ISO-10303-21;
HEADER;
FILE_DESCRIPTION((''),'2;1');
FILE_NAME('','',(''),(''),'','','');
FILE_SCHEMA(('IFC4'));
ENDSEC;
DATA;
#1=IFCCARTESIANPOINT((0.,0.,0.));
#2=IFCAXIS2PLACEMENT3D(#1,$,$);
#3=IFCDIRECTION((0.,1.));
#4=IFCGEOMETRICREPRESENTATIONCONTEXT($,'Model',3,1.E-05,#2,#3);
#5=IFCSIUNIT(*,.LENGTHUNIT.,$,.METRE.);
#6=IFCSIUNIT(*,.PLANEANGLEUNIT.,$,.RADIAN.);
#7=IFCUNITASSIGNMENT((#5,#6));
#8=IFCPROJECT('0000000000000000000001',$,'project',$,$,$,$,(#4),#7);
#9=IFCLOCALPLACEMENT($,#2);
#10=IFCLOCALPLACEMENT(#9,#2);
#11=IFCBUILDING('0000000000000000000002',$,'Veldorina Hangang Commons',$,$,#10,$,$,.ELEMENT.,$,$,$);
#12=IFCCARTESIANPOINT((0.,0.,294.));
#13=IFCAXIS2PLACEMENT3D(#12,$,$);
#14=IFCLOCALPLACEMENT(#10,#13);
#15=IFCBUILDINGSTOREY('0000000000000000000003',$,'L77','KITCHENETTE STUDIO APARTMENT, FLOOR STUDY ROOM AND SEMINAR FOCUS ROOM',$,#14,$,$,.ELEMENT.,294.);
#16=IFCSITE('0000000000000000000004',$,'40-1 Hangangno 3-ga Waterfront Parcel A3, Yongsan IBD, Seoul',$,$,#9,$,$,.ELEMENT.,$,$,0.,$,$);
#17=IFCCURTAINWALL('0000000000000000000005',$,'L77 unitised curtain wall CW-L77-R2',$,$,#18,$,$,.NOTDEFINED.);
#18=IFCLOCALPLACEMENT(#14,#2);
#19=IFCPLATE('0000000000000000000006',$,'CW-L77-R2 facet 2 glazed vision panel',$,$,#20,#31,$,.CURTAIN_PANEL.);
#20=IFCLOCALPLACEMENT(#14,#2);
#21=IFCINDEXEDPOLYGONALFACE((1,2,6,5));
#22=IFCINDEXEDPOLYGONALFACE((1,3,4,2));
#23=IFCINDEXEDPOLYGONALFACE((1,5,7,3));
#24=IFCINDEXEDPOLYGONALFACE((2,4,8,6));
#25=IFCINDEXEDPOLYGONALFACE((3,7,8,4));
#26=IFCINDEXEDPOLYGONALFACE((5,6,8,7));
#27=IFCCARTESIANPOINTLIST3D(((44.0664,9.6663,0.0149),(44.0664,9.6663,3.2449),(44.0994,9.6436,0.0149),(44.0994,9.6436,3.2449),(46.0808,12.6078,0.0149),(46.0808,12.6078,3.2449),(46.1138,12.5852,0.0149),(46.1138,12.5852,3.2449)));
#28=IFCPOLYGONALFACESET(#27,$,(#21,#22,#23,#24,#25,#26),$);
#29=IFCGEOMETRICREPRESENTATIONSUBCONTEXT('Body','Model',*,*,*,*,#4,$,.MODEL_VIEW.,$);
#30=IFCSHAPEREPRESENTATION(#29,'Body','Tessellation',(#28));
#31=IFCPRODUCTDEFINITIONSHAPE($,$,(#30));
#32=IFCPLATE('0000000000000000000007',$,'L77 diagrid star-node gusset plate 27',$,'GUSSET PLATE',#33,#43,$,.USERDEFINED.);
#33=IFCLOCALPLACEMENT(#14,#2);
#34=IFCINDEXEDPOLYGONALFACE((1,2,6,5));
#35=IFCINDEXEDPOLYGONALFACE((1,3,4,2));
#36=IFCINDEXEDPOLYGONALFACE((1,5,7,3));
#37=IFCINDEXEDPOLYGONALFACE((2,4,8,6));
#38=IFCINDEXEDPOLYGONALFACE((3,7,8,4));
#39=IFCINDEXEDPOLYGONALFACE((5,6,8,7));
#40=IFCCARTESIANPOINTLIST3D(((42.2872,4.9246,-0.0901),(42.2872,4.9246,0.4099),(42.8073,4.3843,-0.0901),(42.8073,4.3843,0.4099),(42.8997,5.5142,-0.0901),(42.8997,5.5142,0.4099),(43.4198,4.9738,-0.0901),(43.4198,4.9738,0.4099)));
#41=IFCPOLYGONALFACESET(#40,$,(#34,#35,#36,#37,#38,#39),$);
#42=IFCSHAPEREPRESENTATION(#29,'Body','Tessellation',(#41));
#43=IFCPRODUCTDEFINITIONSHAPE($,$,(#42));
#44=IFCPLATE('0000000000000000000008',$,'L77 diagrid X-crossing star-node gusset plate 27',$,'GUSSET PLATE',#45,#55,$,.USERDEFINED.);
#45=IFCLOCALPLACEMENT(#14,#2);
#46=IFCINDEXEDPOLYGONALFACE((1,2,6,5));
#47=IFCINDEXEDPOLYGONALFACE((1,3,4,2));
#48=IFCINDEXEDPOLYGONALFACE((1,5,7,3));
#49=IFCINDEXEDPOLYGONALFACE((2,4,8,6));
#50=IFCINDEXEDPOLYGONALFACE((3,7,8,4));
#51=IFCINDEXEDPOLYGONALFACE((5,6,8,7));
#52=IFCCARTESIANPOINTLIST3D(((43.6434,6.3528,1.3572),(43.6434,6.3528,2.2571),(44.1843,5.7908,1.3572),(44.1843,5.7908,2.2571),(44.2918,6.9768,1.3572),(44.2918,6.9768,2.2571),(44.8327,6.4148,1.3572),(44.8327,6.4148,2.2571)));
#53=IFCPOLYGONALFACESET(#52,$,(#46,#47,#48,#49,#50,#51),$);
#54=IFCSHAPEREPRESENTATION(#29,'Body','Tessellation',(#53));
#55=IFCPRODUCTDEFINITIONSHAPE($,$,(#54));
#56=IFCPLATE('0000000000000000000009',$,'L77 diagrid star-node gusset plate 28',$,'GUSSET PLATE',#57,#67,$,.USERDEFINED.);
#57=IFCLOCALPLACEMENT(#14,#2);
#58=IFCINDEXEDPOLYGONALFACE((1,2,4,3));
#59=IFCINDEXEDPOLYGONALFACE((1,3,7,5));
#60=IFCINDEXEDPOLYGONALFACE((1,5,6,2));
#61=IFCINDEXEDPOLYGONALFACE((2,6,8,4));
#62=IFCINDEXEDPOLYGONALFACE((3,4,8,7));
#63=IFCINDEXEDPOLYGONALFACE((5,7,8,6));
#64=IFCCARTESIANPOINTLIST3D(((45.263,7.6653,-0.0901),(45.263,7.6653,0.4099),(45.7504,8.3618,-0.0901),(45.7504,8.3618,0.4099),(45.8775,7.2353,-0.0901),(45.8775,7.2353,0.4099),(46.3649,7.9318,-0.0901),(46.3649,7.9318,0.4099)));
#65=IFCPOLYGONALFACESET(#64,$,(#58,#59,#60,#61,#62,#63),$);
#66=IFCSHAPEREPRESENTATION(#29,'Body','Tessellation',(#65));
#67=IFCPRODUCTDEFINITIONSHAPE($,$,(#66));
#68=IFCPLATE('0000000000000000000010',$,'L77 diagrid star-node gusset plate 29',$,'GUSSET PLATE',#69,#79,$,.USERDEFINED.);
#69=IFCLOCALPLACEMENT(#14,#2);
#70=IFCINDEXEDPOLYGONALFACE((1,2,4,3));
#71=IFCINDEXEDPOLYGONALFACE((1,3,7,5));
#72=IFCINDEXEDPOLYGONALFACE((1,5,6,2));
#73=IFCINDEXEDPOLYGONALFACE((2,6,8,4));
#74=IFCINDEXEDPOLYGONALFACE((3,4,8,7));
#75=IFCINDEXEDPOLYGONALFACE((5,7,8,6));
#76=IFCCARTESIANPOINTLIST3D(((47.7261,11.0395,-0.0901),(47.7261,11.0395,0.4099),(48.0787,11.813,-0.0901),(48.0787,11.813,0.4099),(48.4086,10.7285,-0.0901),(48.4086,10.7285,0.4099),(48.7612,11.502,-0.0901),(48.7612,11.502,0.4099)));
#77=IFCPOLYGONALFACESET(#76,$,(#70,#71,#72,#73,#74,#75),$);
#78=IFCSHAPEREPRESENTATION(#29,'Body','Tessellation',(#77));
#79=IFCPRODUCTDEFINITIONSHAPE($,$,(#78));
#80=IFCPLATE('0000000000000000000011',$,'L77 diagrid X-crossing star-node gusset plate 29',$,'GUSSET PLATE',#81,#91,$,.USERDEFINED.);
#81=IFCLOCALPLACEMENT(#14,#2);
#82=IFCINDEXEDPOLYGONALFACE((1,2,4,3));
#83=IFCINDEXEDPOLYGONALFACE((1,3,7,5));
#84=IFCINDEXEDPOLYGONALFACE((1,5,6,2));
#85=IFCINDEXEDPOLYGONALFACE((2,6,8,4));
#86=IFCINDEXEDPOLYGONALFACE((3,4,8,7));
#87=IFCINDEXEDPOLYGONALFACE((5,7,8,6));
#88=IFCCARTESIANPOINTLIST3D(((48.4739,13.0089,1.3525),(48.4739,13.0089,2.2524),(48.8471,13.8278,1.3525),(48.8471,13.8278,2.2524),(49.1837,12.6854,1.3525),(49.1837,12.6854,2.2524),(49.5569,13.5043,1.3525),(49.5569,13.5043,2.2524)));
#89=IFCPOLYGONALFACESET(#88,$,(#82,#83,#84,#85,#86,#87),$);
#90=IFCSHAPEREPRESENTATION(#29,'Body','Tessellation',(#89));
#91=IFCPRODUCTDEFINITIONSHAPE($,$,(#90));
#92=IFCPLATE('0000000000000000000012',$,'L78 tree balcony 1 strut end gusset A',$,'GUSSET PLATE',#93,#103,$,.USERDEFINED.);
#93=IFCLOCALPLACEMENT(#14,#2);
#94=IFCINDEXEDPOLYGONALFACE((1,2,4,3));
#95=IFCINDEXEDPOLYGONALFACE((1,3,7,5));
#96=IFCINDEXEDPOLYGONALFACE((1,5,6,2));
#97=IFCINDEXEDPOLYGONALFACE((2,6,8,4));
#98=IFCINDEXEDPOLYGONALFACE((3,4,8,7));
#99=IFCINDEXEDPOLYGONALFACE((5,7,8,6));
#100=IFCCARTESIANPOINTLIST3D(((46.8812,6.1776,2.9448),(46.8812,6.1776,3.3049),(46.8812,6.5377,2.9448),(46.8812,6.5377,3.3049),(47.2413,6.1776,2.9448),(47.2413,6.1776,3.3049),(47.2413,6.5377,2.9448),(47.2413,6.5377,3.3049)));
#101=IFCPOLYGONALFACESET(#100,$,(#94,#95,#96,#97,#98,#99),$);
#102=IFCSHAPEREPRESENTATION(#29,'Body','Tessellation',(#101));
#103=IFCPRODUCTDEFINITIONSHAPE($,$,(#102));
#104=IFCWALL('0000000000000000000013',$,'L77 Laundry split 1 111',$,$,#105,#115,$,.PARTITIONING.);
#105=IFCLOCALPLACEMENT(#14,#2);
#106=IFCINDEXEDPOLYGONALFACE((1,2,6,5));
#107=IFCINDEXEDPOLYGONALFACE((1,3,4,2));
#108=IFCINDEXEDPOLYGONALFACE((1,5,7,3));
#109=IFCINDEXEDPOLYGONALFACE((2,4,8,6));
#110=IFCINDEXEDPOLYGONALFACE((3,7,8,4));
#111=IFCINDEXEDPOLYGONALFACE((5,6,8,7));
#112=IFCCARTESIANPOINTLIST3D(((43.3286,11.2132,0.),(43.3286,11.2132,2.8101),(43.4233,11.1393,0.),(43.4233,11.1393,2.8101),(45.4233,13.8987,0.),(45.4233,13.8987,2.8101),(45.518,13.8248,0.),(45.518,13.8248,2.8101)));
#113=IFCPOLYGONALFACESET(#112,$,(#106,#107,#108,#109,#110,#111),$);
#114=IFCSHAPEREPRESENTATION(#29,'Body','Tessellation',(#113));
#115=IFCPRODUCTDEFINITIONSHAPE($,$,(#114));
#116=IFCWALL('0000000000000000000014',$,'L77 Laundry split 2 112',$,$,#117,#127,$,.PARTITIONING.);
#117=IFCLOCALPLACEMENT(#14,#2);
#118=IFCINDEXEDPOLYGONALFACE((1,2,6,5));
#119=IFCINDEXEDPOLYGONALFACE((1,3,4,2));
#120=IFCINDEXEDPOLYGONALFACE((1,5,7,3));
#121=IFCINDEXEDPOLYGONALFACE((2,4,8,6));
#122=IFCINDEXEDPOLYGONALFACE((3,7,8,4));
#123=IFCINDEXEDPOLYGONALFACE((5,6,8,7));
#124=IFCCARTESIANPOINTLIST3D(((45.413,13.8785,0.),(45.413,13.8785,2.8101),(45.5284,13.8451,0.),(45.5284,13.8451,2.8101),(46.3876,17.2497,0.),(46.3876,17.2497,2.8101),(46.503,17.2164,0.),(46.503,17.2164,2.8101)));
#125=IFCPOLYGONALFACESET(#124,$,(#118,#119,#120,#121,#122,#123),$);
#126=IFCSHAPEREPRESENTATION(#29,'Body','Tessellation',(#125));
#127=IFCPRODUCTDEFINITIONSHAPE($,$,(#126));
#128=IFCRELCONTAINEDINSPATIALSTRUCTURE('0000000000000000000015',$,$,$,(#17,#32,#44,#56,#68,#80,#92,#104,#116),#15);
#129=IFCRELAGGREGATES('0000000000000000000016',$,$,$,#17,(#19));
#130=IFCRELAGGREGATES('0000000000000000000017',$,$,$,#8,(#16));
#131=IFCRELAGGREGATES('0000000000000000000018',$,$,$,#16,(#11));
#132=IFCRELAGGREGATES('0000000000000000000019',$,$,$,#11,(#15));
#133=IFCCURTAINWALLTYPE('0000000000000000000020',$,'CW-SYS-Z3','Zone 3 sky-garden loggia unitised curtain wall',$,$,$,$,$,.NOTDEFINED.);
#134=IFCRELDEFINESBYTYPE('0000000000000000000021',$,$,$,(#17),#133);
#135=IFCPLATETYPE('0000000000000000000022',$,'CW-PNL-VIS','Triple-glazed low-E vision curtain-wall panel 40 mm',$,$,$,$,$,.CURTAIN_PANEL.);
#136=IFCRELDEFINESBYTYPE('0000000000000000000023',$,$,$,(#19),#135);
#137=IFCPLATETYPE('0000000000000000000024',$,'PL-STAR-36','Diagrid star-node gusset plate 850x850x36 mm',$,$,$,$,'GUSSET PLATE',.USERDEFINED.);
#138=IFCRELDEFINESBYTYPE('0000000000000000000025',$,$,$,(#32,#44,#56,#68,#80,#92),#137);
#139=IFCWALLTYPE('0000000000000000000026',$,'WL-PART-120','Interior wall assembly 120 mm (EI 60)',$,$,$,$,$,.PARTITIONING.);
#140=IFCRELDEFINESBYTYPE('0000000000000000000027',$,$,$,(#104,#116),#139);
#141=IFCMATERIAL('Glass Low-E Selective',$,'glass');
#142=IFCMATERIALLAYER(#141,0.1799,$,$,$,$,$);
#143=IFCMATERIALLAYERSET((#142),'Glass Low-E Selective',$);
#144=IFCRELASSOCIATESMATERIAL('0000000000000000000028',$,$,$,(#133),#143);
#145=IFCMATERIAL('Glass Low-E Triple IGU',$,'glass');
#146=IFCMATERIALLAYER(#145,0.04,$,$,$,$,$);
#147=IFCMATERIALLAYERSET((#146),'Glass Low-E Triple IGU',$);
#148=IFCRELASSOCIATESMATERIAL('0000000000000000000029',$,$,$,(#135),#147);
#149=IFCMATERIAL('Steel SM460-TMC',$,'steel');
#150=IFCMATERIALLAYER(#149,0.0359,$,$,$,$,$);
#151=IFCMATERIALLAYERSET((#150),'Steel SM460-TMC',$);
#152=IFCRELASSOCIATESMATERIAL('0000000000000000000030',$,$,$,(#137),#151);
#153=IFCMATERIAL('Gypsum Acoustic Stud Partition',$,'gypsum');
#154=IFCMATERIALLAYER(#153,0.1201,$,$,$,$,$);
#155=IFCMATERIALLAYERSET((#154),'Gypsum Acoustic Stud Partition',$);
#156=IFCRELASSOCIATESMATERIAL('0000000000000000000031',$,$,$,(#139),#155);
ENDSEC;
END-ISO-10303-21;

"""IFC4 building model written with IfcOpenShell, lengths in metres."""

from ifc_helpers import new_model, si_unit, direction, frame, frame_2d, origin, origin_2d, place, context, subcontext, project, spatial, rectangle, extrude, material, layer, layer_set, type_object, element, aggregate, save


model = new_model("IFC4")

# Units and contexts
model_context = context("Model", 3, precision=1e-05, world=origin(), true_north=direction((0.0, 1.0)))
body_context = subcontext(model_context, "Body", "Model", "MODEL_VIEW")
ifc_project = project(units=[si_unit("LENGTHUNIT", "METRE"), si_unit("PLANEANGLEUNIT", "RADIAN")], contexts=[model_context])

# Site, building, storey
site_placement = place(None, origin())
site = spatial("IfcSite", under=ifc_project, at=site_placement, Name="40-1 Hangangno 3-ga Waterfront Parcel A3, Yongsan IBD, Seoul", CompositionType="ELEMENT", RefElevation=0.0)
building_placement = place(site_placement, origin())
building = spatial("IfcBuilding", under=site, at=building_placement, Name="Veldorina Hangang Commons", CompositionType="ELEMENT")
storey_placement = place(building_placement, frame((0.0, 0.0, 294.0)))
storey = spatial("IfcBuildingStorey", under=building, at=storey_placement, Name="L77", Description="KITCHENETTE STUDIO APARTMENT, FLOOR STUDY ROOM AND SEMINAR FOCUS ROOM", CompositionType="ELEMENT", Elevation=294.0)

# Shared definitions
ifc_material_1 = material(Name="Steel SM460-TMC", Category="steel")

# Curtain wall
ifc_material_2 = material(Name="Glass Low-E Selective", Category="glass")
ifc_layer_1 = layer(ifc_material_2, 0.1799)
ifc_layer_set_1 = layer_set([ifc_layer_1], Name="Glass Low-E Selective")
curtain_wall_type = type_object("IfcCurtainWallType", Name="CW-SYS-Z3", Description="Zone 3 sky-garden loggia unitised curtain wall", PredefinedType="NOTDEFINED", material=ifc_layer_set_1)
curtain_wall_placement = place(storey_placement, origin())
curtain_wall = element("IfcCurtainWall", 1, at=curtain_wall_placement, inside=storey, type_object=curtain_wall_type, Name="L77 unitised curtain wall CW-L77-R2", PredefinedType="NOTDEFINED")

# Plate
ifc_material_3 = material(Name="Glass Low-E Triple IGU", Category="glass")
ifc_layer_2 = layer(ifc_material_3, 0.04)
ifc_layer_set_2 = layer_set([ifc_layer_2], Name="Glass Low-E Triple IGU")
plate_type_1 = type_object("IfcPlateType", Name="CW-PNL-VIS", Description="Triple-glazed low-E vision curtain-wall panel 40 mm", PredefinedType="CURTAIN_PANEL", material=ifc_layer_set_2)
plate_1_placement = place(storey_placement, frame((45.0901, 11.1257, 0.0149), z_axis=(0.0, 0.0, 1.0), x_axis=(0.565025, 0.825074, 0.0)))
plate_1 = element("IfcPlate", 2, at=plate_1_placement, type_object=plate_type_1, Name="CW-L77-R2 facet 2 glazed vision panel", PredefinedType="CURTAIN_PANEL", context=body_context, shape_type="SweptSolid", body=[
    extrude(rectangle(XDim=3.5652, YDim=0.04, at=origin_2d()), origin(), (0.0, 0.0, 1.0), 3.23),
])
aggregate(curtain_wall, [plate_1])

# Plates
ifc_layer_3 = layer(ifc_material_1, 0.0359)
ifc_layer_set_3 = layer_set([ifc_layer_3], Name="Steel SM460-TMC")
plate_type_2 = type_object("IfcPlateType", Name="PL-STAR-36", Description="Diagrid star-node gusset plate 850x850x36 mm", ElementType="GUSSET PLATE", PredefinedType="USERDEFINED", material=ifc_layer_set_3)
plate_2_placement = place(storey_placement, frame((42.8535, 4.9492, -0.0901), z_axis=(0.0, 0.0, 1.0), x_axis=(0.720491, 0.693465, 0.0)))
element("IfcPlate", 3, at=plate_2_placement, inside=storey, type_object=plate_type_2, Name="L77 diagrid star-node gusset plate 27", ObjectType="GUSSET PLATE", PredefinedType="USERDEFINED", context=body_context, shape_type="SweptSolid", body=[
    extrude(rectangle(XDim=0.8501, YDim=0.75, at=origin_2d()), origin(), (0.0, 0.0, 1.0), 0.5),
])
plate_3_placement = place(storey_placement, frame((44.238, 6.3838, 1.3572), z_axis=(0.0, 0.0, 1.0), x_axis=(0.720491, 0.693465, 0.0)))
element("IfcPlate", 4, at=plate_3_placement, inside=storey, type_object=plate_type_2, Name="L77 diagrid X-crossing star-node gusset plate 27", ObjectType="GUSSET PLATE", PredefinedType="USERDEFINED", context=body_context, shape_type="SweptSolid", body=[
    extrude(rectangle(XDim=0.8999, YDim=0.78, at=origin_2d()), origin(), (0.0, 0.0, 1.0), 0.8999),
])
for number, where, z_axis, x_axis, name in (
    (5, (45.814, 7.7986, -0.0901), (0.0, 0.0, 1.0), (0.573333, 0.819322, 0.0), "L77 diagrid star-node gusset plate 28"),
    (6, (48.2437, 11.2708, -0.0901), (0.0, 0.0, 1.0), (0.414709, 0.909954, 0.0), "L77 diagrid star-node gusset plate 29"),
):
    element("IfcPlate", number, at=place(storey_placement, frame(where, z_axis=z_axis, x_axis=x_axis)), inside=storey, type_object=plate_type_2, Name=name, ObjectType="GUSSET PLATE", PredefinedType="USERDEFINED", context=body_context, shape_type="SweptSolid", body=[
        extrude(rectangle(XDim=0.8501, YDim=0.75, at=origin_2d()), origin(), (0.0, 0.0, 1.0), 0.5),
    ])
plate_4_placement = place(storey_placement, frame((49.0154, 13.2566, 1.3525), z_axis=(0.0, 0.0, 1.0), x_axis=(0.414709, 0.909954, 0.0)))
element("IfcPlate", 7, at=plate_4_placement, inside=storey, type_object=plate_type_2, Name="L77 diagrid X-crossing star-node gusset plate 29", ObjectType="GUSSET PLATE", PredefinedType="USERDEFINED", context=body_context, shape_type="SweptSolid", body=[
    extrude(rectangle(XDim=0.8999, YDim=0.78, at=origin_2d()), origin(), (0.0, 0.0, 1.0), 0.8999),
])
plate_5_placement = place(storey_placement, frame((47.0613, 6.3577, 2.9448), z_axis=(0.0, 0.0, 1.0), x_axis=(1.0, 0.0, 0.0)))
element("IfcPlate", 8, at=plate_5_placement, inside=storey, type_object=plate_type_2, Name="L78 tree balcony 1 strut end gusset A", ObjectType="GUSSET PLATE", PredefinedType="USERDEFINED", context=body_context, shape_type="SweptSolid", body=[
    extrude(rectangle(XDim=0.3601, YDim=0.3601, at=origin_2d()), origin(), (0.0, 0.0, 1.0), 0.3601),
])

# Walls
ifc_material_4 = material(Name="Gypsum Acoustic Stud Partition", Category="gypsum")
ifc_layer_4 = layer(ifc_material_4, 0.1201)
ifc_layer_set_4 = layer_set([ifc_layer_4], Name="Gypsum Acoustic Stud Partition")
wall_type = type_object("IfcWallType", Name="WL-PART-120", Description="Interior wall assembly 120 mm (EI 60)", PredefinedType="PARTITIONING", material=ifc_layer_set_4)
wall_1_placement = place(storey_placement, frame((43.376, 11.1763, 0.0), z_axis=(0.0, 0.0, 1.0), x_axis=(0.615032, 0.788502, 0.0)))
element("IfcWall", 9, at=wall_1_placement, inside=storey, type_object=wall_type, Name="L77 Laundry split 1 111", PredefinedType="PARTITIONING", context=body_context, shape_type="SweptSolid", body=[
    extrude(rectangle(XDim=3.4058, YDim=0.1201, at=frame_2d((1.7029, 0.0))), origin(), (0.0, 0.0, 1.0), 2.8101),
])
wall_2_placement = place(storey_placement, frame((45.4707, 13.8618, 0.0), z_axis=(0.0, 0.0, 1.0), x_axis=(0.277715, 0.960663, 0.0)))
element("IfcWall", 10, at=wall_2_placement, inside=storey, type_object=wall_type, Name="L77 Laundry split 2 112", PredefinedType="PARTITIONING", context=body_context, shape_type="SweptSolid", body=[
    extrude(rectangle(XDim=3.5093, YDim=0.1201, at=frame_2d((1.7546, 0.0))), origin(), (0.0, 0.0, 1.0), 2.8101),
])

save(model, "model.ifc")
